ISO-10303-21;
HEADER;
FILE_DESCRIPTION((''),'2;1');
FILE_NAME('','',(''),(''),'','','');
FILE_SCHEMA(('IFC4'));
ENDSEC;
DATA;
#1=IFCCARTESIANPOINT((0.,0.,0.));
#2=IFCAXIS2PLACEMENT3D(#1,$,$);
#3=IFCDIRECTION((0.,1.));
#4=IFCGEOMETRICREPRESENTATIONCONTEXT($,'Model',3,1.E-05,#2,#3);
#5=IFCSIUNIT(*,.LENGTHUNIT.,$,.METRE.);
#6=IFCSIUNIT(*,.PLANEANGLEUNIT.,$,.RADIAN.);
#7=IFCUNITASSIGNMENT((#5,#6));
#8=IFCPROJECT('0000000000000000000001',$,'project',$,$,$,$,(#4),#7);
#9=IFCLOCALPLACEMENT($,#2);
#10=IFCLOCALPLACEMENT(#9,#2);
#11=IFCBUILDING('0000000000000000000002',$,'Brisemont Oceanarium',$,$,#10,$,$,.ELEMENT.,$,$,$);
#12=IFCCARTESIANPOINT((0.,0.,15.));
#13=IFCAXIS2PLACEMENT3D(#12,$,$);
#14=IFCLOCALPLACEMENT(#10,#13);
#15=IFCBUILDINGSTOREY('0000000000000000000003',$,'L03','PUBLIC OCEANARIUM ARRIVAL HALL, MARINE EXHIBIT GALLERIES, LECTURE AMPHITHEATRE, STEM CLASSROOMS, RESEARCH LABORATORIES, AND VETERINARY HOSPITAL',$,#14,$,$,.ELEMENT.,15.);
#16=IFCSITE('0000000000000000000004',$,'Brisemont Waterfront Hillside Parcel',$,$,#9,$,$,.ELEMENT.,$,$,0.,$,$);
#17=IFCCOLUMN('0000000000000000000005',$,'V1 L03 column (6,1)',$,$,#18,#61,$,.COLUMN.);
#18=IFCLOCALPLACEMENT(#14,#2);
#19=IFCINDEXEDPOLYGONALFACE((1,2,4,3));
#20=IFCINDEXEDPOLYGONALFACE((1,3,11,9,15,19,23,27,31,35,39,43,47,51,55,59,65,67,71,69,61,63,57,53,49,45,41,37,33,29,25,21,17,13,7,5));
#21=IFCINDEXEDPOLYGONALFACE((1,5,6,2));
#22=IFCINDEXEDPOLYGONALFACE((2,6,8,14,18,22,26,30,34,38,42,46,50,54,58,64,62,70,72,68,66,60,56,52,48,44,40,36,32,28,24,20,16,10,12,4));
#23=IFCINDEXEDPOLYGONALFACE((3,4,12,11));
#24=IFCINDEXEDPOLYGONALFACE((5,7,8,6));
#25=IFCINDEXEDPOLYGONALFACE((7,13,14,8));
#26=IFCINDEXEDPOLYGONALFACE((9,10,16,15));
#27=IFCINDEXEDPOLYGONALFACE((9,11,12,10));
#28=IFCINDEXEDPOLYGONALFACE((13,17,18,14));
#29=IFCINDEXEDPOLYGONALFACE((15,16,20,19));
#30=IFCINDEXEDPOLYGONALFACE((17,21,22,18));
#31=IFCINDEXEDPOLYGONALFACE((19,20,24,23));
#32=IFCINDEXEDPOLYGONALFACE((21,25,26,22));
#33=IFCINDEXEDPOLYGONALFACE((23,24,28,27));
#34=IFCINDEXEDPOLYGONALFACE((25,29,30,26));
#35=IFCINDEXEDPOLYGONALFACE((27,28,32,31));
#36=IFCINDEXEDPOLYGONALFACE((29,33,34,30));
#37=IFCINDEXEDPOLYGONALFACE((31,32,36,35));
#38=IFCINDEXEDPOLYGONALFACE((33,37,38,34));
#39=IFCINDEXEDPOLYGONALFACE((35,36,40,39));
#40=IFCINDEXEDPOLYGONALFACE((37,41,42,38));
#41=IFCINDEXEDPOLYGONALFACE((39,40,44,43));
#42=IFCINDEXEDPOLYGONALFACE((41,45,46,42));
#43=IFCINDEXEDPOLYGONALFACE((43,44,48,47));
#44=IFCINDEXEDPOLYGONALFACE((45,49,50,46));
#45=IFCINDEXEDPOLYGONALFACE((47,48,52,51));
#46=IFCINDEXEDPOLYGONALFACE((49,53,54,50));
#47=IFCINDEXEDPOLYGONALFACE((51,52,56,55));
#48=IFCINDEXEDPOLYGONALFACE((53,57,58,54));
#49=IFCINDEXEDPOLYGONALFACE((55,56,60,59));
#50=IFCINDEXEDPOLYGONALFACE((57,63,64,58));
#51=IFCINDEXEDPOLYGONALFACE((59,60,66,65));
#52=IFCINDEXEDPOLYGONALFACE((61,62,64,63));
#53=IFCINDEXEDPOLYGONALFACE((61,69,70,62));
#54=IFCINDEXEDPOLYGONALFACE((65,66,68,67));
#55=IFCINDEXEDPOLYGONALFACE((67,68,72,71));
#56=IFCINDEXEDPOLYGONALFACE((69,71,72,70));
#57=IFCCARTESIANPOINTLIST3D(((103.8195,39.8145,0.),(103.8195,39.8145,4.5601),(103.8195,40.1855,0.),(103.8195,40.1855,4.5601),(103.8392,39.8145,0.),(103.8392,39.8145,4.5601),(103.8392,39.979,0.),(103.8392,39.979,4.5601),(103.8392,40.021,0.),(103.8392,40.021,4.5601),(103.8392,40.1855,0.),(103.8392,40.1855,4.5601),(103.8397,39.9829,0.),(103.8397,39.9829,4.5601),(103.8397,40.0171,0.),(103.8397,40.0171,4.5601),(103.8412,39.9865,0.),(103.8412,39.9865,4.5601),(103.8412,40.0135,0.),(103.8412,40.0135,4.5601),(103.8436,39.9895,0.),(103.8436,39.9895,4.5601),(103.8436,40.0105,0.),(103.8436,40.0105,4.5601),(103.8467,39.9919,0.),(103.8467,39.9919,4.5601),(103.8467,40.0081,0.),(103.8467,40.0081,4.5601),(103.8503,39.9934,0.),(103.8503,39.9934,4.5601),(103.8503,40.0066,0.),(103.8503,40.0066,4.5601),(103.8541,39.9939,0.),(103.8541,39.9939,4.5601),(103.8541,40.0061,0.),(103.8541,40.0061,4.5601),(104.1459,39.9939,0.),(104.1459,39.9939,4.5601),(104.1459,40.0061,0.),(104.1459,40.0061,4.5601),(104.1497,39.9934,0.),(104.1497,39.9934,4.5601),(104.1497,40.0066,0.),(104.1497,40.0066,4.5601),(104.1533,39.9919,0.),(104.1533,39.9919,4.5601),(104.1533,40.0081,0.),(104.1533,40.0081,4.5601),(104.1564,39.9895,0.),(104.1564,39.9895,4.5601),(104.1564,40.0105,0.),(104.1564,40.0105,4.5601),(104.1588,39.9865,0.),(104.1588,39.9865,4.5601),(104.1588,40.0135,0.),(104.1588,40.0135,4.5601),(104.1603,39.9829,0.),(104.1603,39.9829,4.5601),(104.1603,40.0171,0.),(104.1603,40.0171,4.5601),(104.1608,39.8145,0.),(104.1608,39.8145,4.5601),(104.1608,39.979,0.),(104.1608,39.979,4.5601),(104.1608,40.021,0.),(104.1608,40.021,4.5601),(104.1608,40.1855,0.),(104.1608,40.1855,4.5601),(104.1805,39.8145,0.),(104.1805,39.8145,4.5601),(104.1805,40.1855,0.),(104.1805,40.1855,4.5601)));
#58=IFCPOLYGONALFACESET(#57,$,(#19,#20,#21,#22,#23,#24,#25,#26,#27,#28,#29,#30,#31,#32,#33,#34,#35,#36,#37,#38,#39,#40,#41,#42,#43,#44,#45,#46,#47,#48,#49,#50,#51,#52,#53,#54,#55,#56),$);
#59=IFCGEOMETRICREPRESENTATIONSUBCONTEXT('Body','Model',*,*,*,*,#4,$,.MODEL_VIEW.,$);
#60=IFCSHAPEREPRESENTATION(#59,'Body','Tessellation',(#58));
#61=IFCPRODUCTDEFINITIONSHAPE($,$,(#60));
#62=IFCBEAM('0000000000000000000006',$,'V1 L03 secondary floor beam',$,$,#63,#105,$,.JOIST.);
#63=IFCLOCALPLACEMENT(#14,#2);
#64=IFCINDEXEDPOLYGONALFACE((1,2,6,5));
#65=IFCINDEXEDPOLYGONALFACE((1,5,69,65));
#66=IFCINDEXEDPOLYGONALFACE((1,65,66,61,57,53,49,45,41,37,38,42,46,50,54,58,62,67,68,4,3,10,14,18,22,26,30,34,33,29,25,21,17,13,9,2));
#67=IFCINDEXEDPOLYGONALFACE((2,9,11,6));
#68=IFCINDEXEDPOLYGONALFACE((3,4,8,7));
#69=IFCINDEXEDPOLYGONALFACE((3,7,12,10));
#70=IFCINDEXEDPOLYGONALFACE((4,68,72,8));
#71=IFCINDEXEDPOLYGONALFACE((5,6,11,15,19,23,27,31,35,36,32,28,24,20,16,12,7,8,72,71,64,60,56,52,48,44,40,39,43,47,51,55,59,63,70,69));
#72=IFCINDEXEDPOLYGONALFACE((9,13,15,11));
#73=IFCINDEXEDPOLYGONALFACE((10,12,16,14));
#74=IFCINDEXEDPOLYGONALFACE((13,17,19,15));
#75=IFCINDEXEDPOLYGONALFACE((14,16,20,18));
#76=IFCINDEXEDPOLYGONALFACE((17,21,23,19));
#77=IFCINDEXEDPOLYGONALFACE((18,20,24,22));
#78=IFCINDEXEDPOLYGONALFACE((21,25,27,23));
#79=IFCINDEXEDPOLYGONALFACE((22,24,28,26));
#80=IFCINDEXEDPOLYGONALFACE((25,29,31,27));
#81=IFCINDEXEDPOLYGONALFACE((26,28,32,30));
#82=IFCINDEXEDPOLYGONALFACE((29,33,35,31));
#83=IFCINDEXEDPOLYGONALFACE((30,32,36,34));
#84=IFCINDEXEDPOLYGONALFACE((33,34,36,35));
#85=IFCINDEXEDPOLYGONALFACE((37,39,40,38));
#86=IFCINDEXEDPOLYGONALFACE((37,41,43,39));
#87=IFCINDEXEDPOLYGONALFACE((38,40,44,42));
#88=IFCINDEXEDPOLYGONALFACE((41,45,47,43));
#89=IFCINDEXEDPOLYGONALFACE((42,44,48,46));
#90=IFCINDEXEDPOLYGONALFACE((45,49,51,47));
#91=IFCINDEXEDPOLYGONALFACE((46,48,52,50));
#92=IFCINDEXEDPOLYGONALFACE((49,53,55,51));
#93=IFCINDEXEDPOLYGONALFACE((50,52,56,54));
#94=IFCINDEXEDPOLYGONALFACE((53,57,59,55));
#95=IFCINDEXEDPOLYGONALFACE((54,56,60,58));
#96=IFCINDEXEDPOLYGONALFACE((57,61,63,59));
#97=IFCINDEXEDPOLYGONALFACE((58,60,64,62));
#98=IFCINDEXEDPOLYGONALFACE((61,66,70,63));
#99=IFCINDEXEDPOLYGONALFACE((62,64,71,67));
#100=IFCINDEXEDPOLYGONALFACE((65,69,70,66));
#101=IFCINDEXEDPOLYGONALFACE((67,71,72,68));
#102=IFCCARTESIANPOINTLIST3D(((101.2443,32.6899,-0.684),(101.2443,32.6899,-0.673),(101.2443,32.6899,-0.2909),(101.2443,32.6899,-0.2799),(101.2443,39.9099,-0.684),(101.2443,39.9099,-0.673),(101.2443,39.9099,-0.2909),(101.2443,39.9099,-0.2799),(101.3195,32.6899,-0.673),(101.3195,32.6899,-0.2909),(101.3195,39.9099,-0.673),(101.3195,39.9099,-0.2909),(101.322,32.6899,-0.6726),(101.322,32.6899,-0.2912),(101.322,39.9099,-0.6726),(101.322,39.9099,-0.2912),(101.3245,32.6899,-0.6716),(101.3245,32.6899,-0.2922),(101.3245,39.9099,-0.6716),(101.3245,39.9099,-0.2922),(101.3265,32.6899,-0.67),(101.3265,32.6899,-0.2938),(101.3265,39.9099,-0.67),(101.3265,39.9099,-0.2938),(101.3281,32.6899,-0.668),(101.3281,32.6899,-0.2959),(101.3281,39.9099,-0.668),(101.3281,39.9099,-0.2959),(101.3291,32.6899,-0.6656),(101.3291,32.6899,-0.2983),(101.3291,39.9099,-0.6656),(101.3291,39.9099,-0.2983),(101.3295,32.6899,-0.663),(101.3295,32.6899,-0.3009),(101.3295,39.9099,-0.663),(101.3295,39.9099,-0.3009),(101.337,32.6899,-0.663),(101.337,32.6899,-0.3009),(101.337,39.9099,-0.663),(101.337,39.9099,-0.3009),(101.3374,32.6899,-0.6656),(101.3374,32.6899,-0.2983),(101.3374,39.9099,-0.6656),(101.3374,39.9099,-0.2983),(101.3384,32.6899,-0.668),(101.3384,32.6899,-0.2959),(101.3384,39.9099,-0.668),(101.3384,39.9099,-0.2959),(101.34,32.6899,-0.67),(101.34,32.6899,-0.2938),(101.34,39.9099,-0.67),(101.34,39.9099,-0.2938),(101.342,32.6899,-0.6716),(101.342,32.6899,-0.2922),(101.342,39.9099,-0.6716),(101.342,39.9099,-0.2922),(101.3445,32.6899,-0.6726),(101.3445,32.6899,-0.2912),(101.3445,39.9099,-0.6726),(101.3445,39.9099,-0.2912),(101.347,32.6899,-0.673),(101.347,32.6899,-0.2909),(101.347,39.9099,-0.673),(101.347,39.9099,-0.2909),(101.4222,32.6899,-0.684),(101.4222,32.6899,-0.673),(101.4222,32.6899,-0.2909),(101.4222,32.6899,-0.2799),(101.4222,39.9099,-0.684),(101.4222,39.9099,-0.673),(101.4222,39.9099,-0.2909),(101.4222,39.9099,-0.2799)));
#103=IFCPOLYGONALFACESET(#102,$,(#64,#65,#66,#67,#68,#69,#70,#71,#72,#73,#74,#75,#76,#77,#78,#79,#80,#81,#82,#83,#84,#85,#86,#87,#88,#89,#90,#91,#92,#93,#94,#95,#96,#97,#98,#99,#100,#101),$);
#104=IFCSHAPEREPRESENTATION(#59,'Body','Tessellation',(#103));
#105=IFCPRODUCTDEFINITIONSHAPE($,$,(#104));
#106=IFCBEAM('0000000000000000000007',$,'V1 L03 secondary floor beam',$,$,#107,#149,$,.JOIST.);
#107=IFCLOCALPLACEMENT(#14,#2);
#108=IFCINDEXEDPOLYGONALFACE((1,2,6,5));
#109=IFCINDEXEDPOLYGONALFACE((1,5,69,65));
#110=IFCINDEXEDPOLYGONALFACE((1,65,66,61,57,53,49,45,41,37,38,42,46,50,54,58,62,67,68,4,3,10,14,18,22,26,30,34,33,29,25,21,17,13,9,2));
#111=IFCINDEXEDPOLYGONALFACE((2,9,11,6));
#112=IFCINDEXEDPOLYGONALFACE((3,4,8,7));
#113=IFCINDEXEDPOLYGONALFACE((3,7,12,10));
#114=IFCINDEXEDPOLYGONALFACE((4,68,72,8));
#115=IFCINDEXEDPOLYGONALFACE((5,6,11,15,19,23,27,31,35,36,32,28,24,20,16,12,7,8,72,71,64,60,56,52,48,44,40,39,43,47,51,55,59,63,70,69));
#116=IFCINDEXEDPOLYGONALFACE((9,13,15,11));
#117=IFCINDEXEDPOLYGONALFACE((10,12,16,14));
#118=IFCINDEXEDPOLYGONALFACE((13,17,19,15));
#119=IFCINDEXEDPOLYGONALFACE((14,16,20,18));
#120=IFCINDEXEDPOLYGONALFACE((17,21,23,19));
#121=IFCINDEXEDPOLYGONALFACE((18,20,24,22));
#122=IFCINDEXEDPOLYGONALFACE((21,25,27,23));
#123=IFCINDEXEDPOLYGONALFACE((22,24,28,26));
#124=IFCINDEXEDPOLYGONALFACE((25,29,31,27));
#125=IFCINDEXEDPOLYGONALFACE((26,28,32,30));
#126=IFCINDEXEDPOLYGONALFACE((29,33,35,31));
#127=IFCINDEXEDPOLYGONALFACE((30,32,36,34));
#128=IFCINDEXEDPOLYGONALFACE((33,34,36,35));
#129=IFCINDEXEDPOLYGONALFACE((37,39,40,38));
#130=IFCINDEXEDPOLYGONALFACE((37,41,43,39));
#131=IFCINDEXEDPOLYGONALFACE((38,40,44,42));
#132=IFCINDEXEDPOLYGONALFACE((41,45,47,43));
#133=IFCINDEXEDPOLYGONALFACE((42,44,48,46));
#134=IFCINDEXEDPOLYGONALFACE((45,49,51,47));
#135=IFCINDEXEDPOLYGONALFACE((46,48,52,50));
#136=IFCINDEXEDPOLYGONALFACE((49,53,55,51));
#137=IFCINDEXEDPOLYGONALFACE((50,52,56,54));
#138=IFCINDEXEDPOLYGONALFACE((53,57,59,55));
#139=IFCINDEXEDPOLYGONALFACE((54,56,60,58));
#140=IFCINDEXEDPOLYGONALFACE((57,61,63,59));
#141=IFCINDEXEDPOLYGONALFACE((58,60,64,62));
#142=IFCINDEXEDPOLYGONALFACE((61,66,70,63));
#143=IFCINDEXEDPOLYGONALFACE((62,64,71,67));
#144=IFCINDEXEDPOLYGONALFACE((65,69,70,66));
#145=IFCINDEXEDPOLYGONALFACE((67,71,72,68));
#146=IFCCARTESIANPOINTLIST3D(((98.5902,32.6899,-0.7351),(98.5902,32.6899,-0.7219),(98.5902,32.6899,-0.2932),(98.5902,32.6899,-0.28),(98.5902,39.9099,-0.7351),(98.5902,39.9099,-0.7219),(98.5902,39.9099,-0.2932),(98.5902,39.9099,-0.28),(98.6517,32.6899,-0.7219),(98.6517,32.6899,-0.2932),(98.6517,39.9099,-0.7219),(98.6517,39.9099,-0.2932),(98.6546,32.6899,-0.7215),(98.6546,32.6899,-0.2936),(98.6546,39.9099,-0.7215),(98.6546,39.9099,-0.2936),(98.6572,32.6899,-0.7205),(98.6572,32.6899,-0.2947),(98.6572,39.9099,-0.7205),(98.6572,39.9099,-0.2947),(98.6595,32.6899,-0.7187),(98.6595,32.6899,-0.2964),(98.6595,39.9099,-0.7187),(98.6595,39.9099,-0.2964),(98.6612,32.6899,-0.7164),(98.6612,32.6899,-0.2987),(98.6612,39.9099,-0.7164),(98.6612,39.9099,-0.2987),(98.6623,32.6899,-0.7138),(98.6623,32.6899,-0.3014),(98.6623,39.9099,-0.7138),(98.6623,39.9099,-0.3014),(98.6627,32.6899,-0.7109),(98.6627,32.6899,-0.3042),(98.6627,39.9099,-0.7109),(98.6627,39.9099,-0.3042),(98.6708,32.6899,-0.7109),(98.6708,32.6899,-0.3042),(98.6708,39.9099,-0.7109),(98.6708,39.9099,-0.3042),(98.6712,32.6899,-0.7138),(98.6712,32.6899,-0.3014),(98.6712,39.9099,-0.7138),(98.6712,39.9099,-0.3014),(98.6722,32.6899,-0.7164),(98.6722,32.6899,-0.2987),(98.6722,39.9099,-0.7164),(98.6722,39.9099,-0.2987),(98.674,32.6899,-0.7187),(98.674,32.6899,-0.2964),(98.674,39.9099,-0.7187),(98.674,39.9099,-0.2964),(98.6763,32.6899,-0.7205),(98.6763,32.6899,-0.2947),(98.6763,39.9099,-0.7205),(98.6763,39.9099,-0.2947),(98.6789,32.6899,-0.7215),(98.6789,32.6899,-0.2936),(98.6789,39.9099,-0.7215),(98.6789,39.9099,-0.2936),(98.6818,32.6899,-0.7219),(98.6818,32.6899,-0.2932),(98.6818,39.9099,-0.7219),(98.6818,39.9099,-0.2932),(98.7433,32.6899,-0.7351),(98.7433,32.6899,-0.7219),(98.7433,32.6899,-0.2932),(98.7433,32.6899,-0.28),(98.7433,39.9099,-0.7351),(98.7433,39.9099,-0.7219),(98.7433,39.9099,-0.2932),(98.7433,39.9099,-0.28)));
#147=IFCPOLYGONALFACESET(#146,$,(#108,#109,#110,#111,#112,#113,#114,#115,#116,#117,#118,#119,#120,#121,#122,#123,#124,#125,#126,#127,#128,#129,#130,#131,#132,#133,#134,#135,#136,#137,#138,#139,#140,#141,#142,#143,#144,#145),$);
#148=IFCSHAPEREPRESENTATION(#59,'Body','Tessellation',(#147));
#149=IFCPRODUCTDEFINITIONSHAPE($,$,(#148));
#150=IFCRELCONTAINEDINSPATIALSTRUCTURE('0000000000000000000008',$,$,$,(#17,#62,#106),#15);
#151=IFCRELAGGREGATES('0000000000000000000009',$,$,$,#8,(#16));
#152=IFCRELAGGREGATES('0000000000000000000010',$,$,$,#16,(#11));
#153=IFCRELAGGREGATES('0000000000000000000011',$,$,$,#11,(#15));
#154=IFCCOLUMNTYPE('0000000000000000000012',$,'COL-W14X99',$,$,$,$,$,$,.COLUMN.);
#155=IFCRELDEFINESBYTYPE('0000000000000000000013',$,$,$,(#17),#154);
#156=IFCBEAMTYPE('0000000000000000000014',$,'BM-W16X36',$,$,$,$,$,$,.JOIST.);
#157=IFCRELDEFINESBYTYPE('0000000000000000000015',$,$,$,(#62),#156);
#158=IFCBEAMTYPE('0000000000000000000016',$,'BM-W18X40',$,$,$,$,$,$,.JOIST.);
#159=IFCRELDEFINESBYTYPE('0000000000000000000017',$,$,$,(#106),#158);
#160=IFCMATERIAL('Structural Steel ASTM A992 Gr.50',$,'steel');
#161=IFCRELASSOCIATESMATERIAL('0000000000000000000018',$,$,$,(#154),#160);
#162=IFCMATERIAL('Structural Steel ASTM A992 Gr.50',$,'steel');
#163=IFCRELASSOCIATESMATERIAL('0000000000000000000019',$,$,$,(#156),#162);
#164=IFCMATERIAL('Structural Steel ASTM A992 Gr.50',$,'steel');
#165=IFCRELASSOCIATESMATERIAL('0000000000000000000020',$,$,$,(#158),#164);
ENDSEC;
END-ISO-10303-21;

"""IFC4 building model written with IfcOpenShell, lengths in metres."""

from ifc_helpers import new_model, si_unit, direction, frame, origin, origin_2d, place, context, subcontext, project, spatial, i_section, extrude, material, material_profile, profile_set, type_object, element, save


model = new_model("IFC4")

# Units and contexts
model_context = context("Model", 3, precision=1e-05, world=origin(), true_north=direction((0.0, 1.0)))
body_context = subcontext(model_context, "Body", "Model", "MODEL_VIEW")
ifc_project = project(units=[si_unit("LENGTHUNIT", "METRE"), si_unit("PLANEANGLEUNIT", "RADIAN")], contexts=[model_context])

# Site, building, storey
site_placement = place(None, origin())
site = spatial("IfcSite", under=ifc_project, at=site_placement, Name="Brisemont Waterfront Hillside Parcel", CompositionType="ELEMENT", RefElevation=0.0)
building_placement = place(site_placement, origin())
building = spatial("IfcBuilding", under=site, at=building_placement, Name="Brisemont Oceanarium", CompositionType="ELEMENT")
storey_placement = place(building_placement, frame((0.0, 0.0, 15.0)))
storey = spatial("IfcBuildingStorey", under=building, at=storey_placement, Name="L03", Description="PUBLIC OCEANARIUM ARRIVAL HALL, MARINE EXHIBIT GALLERIES, LECTURE AMPHITHEATRE, STEM CLASSROOMS, RESEARCH LABORATORIES, AND VETERINARY HOSPITAL", CompositionType="ELEMENT", Elevation=15.0)

# Column
ifc_material_1 = material(Name="Structural Steel ASTM A992 Gr.50", Category="steel")
ifc_material_profile_1 = material_profile(ifc_material_1, i_section(OverallWidth=0.3711, OverallDepth=0.3611, WebThickness=0.0122, FlangeThickness=0.0198, FilletRadius=0.0149, at=origin_2d()), Name="W14X99")
ifc_profile_set_1 = profile_set([ifc_material_profile_1], Name="Structural Steel ASTM A992 Gr.50")
column_type_1 = type_object("IfcColumnType", Name="COL-W14X99", PredefinedType="COLUMN", material=ifc_profile_set_1)
column_1_placement = place(storey_placement, frame((104.0, 40.0, 0.0), z_axis=(0.0, 0.0, 1.0), x_axis=(0.0, 1.0, 0.0)))
element("IfcColumn", 1, at=column_1_placement, inside=storey, type_object=column_type_1, Name="V1 L03 column (6,1)", PredefinedType="COLUMN", context=body_context, shape_type="SweptSolid", body=[
    extrude(i_section(OverallWidth=0.3711, OverallDepth=0.3611, WebThickness=0.0122, FlangeThickness=0.0198, FilletRadius=0.0149, at=origin_2d()), origin(), (0.0, 0.0, 1.0), 4.5601),
])

# Beams
ifc_material_2 = material(Name="Structural Steel ASTM A992 Gr.50", Category="steel")
ifc_material_profile_2 = material_profile(ifc_material_2, i_section(OverallWidth=0.178, OverallDepth=0.4041, WebThickness=0.0076, FlangeThickness=0.011, FilletRadius=0.01, at=origin_2d()), Name="W16X36")
ifc_profile_set_2 = profile_set([ifc_material_profile_2], Name="Structural Steel ASTM A992 Gr.50")
beam_type_1 = type_object("IfcBeamType", Name="BM-W16X36", PredefinedType="JOIST", material=ifc_profile_set_2)
beam_1_placement = place(storey_placement, frame((101.3333, 32.6899, -0.4819), z_axis=(0.0, 1.0, 0.0), x_axis=(-1.0, 0.0, 0.0)))
element("IfcBeam", 2, at=beam_1_placement, inside=storey, type_object=beam_type_1, Name="V1 L03 secondary floor beam", PredefinedType="JOIST", context=body_context, shape_type="SweptSolid", body=[
    extrude(i_section(OverallWidth=0.178, OverallDepth=0.4041, WebThickness=0.0076, FlangeThickness=0.011, FilletRadius=0.01, at=origin_2d()), origin(), (0.0, 0.0, 1.0), 7.22),
])
ifc_material_3 = material(Name="Structural Steel ASTM A992 Gr.50", Category="steel")
ifc_material_profile_3 = material_profile(ifc_material_3, i_section(OverallWidth=0.1531, OverallDepth=0.4551, WebThickness=0.0081, FlangeThickness=0.0132, FilletRadius=0.011, at=origin_2d()), Name="W18X40")
ifc_profile_set_3 = profile_set([ifc_material_profile_3], Name="Structural Steel ASTM A992 Gr.50")
beam_type_2 = type_object("IfcBeamType", Name="BM-W18X40", PredefinedType="JOIST", material=ifc_profile_set_3)
beam_2_placement = place(storey_placement, frame((98.6667, 32.6899, -0.5076), z_axis=(0.0, 1.0, 0.0), x_axis=(-1.0, 0.0, 0.0)))
element("IfcBeam", 3, at=beam_2_placement, inside=storey, type_object=beam_type_2, Name="V1 L03 secondary floor beam", PredefinedType="JOIST", context=body_context, shape_type="SweptSolid", body=[
    extrude(i_section(OverallWidth=0.1531, OverallDepth=0.4551, WebThickness=0.0081, FlangeThickness=0.0132, FilletRadius=0.011, at=origin_2d()), origin(), (0.0, 0.0, 1.0), 7.22),
])

save(model, "model.ifc")
